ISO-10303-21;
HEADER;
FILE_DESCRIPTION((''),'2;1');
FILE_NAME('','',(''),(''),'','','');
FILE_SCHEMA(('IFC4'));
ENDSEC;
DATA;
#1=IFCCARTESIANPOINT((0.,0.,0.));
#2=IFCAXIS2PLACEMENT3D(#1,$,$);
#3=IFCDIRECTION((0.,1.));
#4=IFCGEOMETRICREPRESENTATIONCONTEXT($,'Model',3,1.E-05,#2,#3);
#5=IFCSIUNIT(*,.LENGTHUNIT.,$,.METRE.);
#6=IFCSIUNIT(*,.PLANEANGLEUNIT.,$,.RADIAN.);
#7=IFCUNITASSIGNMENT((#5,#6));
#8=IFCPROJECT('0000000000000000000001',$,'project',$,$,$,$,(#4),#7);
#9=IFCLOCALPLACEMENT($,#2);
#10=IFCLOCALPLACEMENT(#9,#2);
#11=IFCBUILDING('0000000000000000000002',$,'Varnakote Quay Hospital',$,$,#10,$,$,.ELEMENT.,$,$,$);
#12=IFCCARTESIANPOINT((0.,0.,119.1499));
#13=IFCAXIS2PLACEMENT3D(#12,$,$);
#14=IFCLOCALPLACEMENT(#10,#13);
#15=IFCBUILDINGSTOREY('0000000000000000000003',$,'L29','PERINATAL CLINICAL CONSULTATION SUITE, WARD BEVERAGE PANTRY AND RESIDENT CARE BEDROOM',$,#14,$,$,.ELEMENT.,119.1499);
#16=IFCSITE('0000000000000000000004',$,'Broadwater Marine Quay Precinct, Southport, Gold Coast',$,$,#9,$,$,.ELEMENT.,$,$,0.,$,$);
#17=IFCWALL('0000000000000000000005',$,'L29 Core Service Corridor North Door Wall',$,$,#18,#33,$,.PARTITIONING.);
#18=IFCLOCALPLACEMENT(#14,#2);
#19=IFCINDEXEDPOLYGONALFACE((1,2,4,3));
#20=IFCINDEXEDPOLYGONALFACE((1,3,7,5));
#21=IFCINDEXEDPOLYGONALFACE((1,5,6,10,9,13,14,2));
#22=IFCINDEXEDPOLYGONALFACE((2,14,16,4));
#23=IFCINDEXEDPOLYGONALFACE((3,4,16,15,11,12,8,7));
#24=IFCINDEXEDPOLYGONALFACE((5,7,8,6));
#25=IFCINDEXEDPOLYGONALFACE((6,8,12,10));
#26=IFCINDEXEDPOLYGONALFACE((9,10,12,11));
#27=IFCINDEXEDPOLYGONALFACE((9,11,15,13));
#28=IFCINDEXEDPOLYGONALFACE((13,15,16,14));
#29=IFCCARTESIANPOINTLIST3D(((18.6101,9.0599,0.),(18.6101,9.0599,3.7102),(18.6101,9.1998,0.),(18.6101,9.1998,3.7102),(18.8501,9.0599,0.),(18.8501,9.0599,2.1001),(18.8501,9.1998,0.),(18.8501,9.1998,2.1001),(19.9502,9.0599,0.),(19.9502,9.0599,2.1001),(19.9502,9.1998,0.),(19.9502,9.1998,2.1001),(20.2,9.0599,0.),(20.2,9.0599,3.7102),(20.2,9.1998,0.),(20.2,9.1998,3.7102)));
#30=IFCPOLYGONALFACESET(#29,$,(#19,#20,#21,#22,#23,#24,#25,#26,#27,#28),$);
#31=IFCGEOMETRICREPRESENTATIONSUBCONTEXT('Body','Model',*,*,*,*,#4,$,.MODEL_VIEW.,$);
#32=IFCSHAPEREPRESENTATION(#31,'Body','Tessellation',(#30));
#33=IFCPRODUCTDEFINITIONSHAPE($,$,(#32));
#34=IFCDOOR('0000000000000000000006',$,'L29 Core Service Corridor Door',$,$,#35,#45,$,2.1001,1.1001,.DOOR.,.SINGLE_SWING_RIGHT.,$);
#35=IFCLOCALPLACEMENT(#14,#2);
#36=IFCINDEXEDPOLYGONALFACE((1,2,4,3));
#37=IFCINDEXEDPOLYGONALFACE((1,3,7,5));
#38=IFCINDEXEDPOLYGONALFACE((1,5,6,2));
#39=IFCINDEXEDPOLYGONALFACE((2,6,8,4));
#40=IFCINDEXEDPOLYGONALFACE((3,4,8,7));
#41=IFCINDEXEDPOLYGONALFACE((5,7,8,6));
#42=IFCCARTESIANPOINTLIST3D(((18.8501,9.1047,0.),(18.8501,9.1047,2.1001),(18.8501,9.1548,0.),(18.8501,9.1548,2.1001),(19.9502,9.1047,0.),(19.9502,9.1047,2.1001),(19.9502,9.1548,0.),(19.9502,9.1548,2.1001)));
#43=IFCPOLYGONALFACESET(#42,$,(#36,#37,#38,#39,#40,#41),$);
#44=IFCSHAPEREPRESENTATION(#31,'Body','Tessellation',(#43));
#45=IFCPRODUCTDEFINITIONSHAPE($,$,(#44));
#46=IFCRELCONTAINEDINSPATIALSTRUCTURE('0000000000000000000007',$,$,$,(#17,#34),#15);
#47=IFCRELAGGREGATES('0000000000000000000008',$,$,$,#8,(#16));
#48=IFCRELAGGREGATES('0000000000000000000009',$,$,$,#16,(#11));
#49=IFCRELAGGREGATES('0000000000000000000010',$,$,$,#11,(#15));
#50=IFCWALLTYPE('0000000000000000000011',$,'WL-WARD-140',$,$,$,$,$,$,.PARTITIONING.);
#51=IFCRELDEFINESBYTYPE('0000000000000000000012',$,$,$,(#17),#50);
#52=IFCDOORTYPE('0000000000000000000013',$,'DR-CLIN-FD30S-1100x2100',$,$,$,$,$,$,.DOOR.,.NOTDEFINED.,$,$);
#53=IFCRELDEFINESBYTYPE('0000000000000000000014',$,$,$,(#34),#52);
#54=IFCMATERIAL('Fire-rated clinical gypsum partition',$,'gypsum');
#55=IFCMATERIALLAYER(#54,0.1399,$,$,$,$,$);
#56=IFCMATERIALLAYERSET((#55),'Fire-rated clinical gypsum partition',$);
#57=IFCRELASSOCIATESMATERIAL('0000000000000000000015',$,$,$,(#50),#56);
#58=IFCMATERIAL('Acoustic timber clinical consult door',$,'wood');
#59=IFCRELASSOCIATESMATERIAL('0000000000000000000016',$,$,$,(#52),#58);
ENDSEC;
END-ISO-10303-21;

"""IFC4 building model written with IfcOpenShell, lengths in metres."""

from ifc_helpers import new_model, si_unit, direction, frame, frame_2d, origin, place, context, subcontext, project, spatial, rectangle, extrude, material, layer, layer_set, type_object, element, fill, save


model = new_model("IFC4")

# Units and contexts
model_context = context("Model", 3, precision=1e-05, world=origin(), true_north=direction((0.0, 1.0)))
body_context = subcontext(model_context, "Body", "Model", "MODEL_VIEW")
ifc_project = project(units=[si_unit("LENGTHUNIT", "METRE"), si_unit("PLANEANGLEUNIT", "RADIAN")], contexts=[model_context])

# Site, building, storey
site_placement = place(None, origin())
site = spatial("IfcSite", under=ifc_project, at=site_placement, Name="Broadwater Marine Quay Precinct, Southport, Gold Coast", CompositionType="ELEMENT", RefElevation=0.0)
building_placement = place(site_placement, origin())
building = spatial("IfcBuilding", under=site, at=building_placement, Name="Varnakote Quay Hospital", CompositionType="ELEMENT")
storey_placement = place(building_placement, frame((0.0, 0.0, 119.1499)))
storey = spatial("IfcBuildingStorey", under=building, at=storey_placement, Name="L29", Description="PERINATAL CLINICAL CONSULTATION SUITE, WARD BEVERAGE PANTRY AND RESIDENT CARE BEDROOM", CompositionType="ELEMENT", Elevation=119.1499)

# Wall, opening, door
ifc_material_1 = material(Name="Fire-rated clinical gypsum partition", Category="gypsum")
ifc_layer_1 = layer(ifc_material_1, 0.1399)
ifc_layer_set_1 = layer_set([ifc_layer_1], Name="Fire-rated clinical gypsum partition")
wall_type_1 = type_object("IfcWallType", Name="WL-WARD-140", PredefinedType="PARTITIONING", material=ifc_layer_set_1)
wall_1_placement = place(storey_placement, frame((18.6101, 9.1299, 0.0), z_axis=(0.0, 0.0, 1.0), x_axis=(1.0, 0.0, 0.0)))
wall_1 = element("IfcWall", 1, at=wall_1_placement, inside=storey, type_object=wall_type_1, Name="L29 Core Service Corridor North Door Wall", PredefinedType="PARTITIONING", context=body_context, shape_type="SweptSolid", body=[
    extrude(rectangle(XDim=1.5898, YDim=0.1399, at=frame_2d((0.7949, 0.0))), origin(), (0.0, 0.0, 1.0), 3.7102),
])
opening_1_placement = place(wall_1_placement, frame((0.24, 0.0, 0.0)))
opening_1 = element("IfcOpeningElement", 2, at=opening_1_placement, cuts=wall_1, PredefinedType="OPENING", context=body_context, shape_type="SweptSolid", body=[
    extrude(rectangle(XDim=1.1001, YDim=2.1001, at=frame_2d((0.55, 1.05))), frame((0.0, 0.0798, 0.0), z_axis=(0.0, -1.0, 0.0), x_axis=(1.0, 0.0, 0.0)), (0.0, 0.0, 1.0), 0.1599),
])
ifc_material_2 = material(Name="Acoustic timber clinical consult door", Category="wood")
door_type_1 = type_object("IfcDoorType", Name="DR-CLIN-FD30S-1100x2100", OperationType="NOTDEFINED", PredefinedType="DOOR", material=ifc_material_2)
door_1_placement = place(opening_1_placement, origin())
door_1 = element("IfcDoor", 3, at=door_1_placement, inside=storey, type_object=door_type_1, Name="L29 Core Service Corridor Door", OperationType="SINGLE_SWING_RIGHT", OverallHeight=2.1001, OverallWidth=1.1001, PredefinedType="DOOR", context=body_context, shape_type="SweptSolid", body=[
    extrude(rectangle(XDim=1.1001, YDim=2.1001, at=frame_2d((0.55, 1.05))), frame((0.0, 0.0249, 0.0), z_axis=(0.0, -1.0, 0.0), x_axis=(1.0, 0.0, 0.0)), (0.0, 0.0, 1.0), 0.05),
])
fill(opening_1, door_1)

save(model, "model.ifc")
